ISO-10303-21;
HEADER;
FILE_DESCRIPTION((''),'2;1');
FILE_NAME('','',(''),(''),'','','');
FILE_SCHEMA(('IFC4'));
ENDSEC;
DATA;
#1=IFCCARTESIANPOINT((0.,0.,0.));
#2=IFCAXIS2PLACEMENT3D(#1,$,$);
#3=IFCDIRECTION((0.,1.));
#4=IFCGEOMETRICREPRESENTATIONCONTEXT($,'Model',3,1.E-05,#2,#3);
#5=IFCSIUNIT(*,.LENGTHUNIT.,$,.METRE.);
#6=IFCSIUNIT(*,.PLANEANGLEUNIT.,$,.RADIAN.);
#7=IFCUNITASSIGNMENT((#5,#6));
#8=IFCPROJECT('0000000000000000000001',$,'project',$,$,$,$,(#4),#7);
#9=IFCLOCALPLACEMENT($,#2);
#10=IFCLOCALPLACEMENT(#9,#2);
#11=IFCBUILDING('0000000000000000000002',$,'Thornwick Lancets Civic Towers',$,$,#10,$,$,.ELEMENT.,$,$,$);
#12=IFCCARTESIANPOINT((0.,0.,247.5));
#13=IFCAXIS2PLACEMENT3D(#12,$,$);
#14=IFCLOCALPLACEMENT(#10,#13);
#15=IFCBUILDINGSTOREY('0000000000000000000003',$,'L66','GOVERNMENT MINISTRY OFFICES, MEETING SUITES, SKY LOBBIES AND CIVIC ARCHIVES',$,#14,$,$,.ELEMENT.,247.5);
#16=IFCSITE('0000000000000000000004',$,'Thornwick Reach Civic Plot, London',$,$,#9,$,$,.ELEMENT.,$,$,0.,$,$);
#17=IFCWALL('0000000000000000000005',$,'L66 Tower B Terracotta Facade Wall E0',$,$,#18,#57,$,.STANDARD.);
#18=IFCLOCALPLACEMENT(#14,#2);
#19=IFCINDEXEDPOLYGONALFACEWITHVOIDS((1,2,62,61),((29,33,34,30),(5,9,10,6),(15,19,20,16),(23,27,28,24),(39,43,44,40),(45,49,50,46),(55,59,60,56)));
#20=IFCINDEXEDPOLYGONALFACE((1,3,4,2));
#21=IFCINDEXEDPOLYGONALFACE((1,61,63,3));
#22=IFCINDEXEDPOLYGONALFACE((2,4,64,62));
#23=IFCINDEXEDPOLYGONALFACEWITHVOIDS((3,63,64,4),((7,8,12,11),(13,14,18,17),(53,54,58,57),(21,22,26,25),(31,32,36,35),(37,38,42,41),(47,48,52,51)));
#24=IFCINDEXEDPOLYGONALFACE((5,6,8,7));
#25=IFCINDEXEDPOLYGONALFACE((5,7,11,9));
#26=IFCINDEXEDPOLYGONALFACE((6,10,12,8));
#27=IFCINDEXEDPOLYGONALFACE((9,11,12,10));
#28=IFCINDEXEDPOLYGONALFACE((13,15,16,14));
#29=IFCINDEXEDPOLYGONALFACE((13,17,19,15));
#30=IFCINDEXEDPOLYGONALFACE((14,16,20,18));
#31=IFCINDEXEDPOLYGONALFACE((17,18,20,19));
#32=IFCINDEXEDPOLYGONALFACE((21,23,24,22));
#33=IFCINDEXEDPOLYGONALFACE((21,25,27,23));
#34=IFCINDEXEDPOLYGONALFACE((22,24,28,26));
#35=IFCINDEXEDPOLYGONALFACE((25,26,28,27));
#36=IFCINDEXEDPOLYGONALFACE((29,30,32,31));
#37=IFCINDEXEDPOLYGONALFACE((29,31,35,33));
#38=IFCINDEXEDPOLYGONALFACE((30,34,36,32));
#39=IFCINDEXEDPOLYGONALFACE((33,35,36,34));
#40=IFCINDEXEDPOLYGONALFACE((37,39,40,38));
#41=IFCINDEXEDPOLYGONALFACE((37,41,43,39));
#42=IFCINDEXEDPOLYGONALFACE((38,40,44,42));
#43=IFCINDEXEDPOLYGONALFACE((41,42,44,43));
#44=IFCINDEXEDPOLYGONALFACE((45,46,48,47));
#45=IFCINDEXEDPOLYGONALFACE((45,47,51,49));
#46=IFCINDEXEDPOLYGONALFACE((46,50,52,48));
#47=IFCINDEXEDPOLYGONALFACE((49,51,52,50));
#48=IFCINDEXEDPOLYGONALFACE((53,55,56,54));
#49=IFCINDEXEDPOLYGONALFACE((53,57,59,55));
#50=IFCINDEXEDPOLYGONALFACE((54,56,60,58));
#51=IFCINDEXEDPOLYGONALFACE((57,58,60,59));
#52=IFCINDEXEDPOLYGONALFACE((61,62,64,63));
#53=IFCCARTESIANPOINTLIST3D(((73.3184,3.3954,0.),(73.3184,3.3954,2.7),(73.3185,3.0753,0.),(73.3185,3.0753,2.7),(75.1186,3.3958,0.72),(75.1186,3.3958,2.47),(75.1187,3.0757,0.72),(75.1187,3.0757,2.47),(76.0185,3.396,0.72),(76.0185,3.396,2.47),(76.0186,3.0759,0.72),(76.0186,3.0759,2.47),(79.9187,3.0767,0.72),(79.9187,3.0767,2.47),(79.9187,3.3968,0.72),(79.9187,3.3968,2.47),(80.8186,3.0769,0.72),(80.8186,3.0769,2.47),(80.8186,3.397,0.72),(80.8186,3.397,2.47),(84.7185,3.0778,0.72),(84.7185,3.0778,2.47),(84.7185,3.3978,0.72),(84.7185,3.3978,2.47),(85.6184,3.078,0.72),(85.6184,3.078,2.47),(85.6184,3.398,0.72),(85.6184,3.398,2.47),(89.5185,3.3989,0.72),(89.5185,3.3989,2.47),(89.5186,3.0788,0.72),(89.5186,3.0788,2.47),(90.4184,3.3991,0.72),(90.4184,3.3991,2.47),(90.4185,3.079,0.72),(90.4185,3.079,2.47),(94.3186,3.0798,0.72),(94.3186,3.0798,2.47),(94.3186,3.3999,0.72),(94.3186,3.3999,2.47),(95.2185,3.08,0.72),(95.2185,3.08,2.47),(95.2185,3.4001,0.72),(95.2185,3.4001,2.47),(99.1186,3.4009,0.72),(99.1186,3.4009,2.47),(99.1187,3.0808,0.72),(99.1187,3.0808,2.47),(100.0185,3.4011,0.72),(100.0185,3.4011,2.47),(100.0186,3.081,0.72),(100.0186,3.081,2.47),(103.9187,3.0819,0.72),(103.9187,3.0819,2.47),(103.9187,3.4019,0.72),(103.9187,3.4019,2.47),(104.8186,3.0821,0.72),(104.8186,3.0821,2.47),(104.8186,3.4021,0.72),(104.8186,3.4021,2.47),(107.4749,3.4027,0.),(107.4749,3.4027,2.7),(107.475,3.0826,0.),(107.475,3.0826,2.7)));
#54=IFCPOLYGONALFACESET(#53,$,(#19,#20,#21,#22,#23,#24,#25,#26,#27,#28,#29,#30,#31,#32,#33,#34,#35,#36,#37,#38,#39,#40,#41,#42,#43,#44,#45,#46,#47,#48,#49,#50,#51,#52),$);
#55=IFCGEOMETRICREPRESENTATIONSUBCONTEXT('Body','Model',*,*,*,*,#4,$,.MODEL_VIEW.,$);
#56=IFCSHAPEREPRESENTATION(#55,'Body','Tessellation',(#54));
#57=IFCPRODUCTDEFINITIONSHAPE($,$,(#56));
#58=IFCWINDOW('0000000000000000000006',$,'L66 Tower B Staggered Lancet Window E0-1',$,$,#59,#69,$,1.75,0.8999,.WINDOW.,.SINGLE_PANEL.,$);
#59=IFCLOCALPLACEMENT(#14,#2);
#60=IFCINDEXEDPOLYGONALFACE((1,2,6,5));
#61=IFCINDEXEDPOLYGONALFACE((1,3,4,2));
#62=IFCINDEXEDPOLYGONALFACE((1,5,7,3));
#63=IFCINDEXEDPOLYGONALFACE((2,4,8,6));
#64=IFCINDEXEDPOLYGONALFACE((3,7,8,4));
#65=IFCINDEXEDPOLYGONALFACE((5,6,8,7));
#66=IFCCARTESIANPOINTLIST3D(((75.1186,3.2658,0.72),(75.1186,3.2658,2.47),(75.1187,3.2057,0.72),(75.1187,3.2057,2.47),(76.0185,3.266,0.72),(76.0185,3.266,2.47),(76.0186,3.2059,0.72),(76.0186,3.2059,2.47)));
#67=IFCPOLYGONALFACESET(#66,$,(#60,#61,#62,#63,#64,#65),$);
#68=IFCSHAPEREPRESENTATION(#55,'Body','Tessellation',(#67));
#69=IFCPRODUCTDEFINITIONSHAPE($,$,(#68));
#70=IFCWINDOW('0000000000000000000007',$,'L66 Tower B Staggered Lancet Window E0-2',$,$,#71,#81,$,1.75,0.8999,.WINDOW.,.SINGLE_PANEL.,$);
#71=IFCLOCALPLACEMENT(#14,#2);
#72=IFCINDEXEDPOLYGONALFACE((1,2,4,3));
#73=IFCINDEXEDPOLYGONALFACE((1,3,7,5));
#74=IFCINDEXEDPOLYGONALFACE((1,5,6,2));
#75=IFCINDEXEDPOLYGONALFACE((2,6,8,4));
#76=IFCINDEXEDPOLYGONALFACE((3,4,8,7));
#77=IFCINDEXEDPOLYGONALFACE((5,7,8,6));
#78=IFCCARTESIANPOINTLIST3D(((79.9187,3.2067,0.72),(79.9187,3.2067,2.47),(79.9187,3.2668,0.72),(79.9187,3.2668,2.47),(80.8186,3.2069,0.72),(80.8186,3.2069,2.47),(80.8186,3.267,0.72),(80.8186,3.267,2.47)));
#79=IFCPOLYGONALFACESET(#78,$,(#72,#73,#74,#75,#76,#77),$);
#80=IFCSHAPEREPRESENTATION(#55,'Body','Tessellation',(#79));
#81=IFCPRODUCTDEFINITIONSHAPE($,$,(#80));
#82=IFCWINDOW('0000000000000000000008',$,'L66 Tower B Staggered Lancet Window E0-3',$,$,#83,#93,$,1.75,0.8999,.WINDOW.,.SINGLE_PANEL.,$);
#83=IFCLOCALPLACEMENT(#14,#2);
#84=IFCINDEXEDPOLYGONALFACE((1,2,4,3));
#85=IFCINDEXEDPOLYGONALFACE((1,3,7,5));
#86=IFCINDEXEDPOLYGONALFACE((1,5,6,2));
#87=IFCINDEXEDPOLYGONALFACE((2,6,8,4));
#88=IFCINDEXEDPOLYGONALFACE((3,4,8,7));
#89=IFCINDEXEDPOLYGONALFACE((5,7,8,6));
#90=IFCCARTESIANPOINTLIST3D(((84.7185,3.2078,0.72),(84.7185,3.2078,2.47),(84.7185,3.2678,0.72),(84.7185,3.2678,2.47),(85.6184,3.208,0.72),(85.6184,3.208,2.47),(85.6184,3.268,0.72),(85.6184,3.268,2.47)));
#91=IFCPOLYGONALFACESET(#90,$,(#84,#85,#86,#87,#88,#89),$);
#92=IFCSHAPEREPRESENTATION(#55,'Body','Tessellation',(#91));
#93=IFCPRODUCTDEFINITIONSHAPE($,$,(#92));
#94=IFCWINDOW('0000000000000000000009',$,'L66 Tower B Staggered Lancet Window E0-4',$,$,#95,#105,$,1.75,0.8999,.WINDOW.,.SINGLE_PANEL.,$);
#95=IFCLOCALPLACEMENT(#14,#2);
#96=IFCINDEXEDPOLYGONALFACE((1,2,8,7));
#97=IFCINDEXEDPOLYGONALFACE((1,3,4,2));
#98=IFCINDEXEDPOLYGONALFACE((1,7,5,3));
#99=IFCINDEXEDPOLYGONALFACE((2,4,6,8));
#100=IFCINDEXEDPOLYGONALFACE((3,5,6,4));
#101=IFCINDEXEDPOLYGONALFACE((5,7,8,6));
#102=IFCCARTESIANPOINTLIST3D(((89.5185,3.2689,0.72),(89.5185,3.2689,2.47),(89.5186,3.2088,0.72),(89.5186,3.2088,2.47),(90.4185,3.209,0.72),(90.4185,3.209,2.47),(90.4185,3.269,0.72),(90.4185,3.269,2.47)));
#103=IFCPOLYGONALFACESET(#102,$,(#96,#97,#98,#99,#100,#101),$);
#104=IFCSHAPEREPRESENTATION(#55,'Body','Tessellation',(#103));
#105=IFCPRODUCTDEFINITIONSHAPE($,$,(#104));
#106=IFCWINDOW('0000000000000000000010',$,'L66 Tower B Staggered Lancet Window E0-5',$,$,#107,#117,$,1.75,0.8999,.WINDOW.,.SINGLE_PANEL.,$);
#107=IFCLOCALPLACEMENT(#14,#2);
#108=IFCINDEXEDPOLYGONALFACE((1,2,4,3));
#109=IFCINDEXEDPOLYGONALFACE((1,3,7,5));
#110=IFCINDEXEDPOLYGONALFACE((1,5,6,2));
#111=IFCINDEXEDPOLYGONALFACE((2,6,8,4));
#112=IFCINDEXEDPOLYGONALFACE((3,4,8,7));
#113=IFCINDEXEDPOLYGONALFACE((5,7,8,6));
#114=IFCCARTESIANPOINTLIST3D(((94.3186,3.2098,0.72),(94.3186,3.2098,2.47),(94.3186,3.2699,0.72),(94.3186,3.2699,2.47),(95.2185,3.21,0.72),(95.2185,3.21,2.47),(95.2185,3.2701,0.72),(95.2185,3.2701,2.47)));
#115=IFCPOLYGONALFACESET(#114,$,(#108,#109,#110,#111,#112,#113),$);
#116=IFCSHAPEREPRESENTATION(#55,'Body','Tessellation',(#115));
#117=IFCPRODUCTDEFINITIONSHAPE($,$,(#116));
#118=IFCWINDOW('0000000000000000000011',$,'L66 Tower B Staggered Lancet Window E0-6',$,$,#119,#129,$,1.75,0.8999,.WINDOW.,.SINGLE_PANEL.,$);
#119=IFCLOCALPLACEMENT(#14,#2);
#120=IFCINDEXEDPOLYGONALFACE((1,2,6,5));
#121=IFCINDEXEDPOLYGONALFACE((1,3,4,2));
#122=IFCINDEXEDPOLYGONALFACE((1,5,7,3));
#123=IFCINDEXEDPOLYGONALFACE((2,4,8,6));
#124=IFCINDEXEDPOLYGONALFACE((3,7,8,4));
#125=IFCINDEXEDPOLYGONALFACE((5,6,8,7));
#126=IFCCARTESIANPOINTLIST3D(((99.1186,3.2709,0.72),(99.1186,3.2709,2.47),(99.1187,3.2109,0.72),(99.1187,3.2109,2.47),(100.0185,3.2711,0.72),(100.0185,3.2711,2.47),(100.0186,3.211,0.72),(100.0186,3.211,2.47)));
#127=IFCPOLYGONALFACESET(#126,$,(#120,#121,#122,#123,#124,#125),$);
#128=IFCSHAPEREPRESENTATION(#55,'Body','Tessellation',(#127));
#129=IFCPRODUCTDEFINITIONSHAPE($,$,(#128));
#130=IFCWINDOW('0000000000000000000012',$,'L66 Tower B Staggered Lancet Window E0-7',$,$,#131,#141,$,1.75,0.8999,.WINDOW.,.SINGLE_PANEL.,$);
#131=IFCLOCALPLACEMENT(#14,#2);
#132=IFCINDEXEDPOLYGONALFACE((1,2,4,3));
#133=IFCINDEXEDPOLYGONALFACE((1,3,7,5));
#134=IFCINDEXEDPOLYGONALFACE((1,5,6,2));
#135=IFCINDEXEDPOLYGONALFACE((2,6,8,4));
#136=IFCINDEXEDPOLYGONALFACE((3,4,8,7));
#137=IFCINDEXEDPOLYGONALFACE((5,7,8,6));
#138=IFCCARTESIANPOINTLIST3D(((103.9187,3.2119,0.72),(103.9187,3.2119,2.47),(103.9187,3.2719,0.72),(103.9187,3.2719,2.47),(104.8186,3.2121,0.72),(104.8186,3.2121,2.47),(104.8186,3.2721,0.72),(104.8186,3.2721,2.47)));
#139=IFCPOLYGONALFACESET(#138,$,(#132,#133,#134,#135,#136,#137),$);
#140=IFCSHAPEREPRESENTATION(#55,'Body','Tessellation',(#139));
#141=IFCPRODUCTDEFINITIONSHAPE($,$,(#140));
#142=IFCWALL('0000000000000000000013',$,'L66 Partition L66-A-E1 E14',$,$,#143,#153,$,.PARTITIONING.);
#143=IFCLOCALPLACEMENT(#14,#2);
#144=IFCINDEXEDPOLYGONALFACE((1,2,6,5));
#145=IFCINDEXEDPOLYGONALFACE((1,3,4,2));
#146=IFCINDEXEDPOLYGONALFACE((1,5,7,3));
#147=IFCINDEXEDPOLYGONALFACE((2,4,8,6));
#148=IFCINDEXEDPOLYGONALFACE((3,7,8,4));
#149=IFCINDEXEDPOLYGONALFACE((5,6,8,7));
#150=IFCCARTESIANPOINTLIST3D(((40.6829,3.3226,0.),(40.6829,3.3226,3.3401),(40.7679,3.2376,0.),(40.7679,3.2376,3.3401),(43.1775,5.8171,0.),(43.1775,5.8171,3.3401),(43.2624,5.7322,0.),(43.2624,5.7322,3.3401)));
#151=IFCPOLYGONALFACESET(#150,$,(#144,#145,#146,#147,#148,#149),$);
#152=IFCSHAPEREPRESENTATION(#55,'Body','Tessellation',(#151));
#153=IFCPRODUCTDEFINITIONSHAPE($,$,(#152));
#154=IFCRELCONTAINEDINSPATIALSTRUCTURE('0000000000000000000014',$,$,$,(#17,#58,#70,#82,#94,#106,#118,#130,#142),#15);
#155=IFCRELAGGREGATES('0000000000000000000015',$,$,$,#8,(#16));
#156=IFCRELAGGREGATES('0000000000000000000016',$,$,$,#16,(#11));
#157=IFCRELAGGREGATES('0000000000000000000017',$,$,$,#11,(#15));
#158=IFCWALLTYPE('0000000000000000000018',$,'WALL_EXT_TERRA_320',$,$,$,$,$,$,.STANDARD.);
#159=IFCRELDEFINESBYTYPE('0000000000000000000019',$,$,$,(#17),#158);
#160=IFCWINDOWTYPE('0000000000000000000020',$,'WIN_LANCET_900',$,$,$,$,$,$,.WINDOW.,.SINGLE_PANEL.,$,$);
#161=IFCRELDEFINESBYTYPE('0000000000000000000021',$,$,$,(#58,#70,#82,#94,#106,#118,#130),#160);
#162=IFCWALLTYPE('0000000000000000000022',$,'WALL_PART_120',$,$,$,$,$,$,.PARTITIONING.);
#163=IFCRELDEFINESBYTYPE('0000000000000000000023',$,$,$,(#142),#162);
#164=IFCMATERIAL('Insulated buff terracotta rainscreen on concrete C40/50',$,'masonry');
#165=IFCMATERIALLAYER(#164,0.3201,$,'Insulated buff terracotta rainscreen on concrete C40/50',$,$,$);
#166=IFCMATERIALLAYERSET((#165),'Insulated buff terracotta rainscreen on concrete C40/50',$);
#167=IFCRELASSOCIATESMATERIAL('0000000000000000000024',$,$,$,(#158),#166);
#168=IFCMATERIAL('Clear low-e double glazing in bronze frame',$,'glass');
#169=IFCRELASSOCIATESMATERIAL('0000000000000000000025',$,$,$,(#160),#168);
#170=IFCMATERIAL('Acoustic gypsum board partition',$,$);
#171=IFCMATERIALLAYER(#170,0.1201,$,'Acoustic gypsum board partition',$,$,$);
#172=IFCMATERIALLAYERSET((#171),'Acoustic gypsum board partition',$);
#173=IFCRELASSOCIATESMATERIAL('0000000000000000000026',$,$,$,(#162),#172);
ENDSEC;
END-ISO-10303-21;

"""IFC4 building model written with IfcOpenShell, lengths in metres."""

from ifc_helpers import new_model, si_unit, direction, frame, frame_2d, origin, place, context, subcontext, project, spatial, rectangle, extrude, material, layer, layer_set, type_object, element, fill, save


model = new_model("IFC4")

# Units and contexts
model_context = context("Model", 3, precision=1e-05, world=origin(), true_north=direction((0.0, 1.0)))
body_context = subcontext(model_context, "Body", "Model", "MODEL_VIEW")
ifc_project = project(units=[si_unit("LENGTHUNIT", "METRE"), si_unit("PLANEANGLEUNIT", "RADIAN")], contexts=[model_context])

# Site, building, storey
site_placement = place(None, origin())
site = spatial("IfcSite", under=ifc_project, at=site_placement, Name="Thornwick Reach Civic Plot, London", CompositionType="ELEMENT", RefElevation=0.0)
building_placement = place(site_placement, origin())
building = spatial("IfcBuilding", under=site, at=building_placement, Name="Thornwick Lancets Civic Towers", CompositionType="ELEMENT")
storey_placement = place(building_placement, frame((0.0, 0.0, 247.5)))
storey = spatial("IfcBuildingStorey", under=building, at=storey_placement, Name="L66", Description="GOVERNMENT MINISTRY OFFICES, MEETING SUITES, SKY LOBBIES AND CIVIC ARCHIVES", CompositionType="ELEMENT", Elevation=247.5)

# Wall, openings, windows
ifc_material_1 = material(Name="Insulated buff terracotta rainscreen on concrete C40/50", Category="masonry")
ifc_layer_1 = layer(ifc_material_1, 0.3201, Name="Insulated buff terracotta rainscreen on concrete C40/50")
ifc_layer_set_1 = layer_set([ifc_layer_1], Name="Insulated buff terracotta rainscreen on concrete C40/50")
wall_type_1 = type_object("IfcWallType", Name="WALL_EXT_TERRA_320", PredefinedType="STANDARD", material=ifc_layer_set_1)
ifc_material_2 = material(Name="Clear low-e double glazing in bronze frame", Category="glass")
window_type = type_object("IfcWindowType", Name="WIN_LANCET_900", PartitioningType="SINGLE_PANEL", PredefinedType="WINDOW", material=ifc_material_2)
wall_1_placement = place(storey_placement, frame((73.3186, 3.2354, 0.0), z_axis=(0.0, 0.0, 1.0), x_axis=(1.0, 0.000214, 0.0)))
wall_1 = element("IfcWall", 1, at=wall_1_placement, inside=storey, type_object=wall_type_1, Name="L66 Tower B Terracotta Facade Wall E0", PredefinedType="STANDARD", context=body_context, shape_type="SweptSolid", body=[
    extrude(rectangle(XDim=34.1565, YDim=0.3201, at=frame_2d((17.0781, 0.0))), origin(), (0.0, 0.0, 1.0), 2.7),
])
opening_1_placement = place(wall_1_placement, frame((1.8, 0.0, 0.72)))
opening_1 = element("IfcOpeningElement", 2, at=opening_1_placement, cuts=wall_1, PredefinedType="OPENING", context=body_context, shape_type="SweptSolid", body=[
    extrude(rectangle(XDim=0.8999, YDim=1.75, at=frame_2d((0.45, 0.875))), frame((0.0, 0.1699, 0.0), z_axis=(0.0, -1.0, 0.0), x_axis=(1.0, 0.0, 0.0)), (0.0, 0.0, 1.0), 0.3401),
])
opening_2_placement = place(wall_1_placement, frame((6.6001, 0.0, 0.72)))
opening_2 = element("IfcOpeningElement", 3, at=opening_2_placement, cuts=wall_1, PredefinedType="OPENING", context=body_context, shape_type="SweptSolid", body=[
    extrude(rectangle(XDim=0.8999, YDim=1.75, at=frame_2d((0.45, 0.875))), frame((0.0, 0.1699, 0.0), z_axis=(0.0, -1.0, 0.0), x_axis=(1.0, 0.0, 0.0)), (0.0, 0.0, 1.0), 0.3401),
])
opening_3_placement = place(wall_1_placement, frame((11.3999, 0.0, 0.72)))
opening_3 = element("IfcOpeningElement", 4, at=opening_3_placement, cuts=wall_1, PredefinedType="OPENING", context=body_context, shape_type="SweptSolid", body=[
    extrude(rectangle(XDim=0.8999, YDim=1.75, at=frame_2d((0.45, 0.875))), frame((0.0, 0.1699, 0.0), z_axis=(0.0, -1.0, 0.0), x_axis=(1.0, 0.0, 0.0)), (0.0, 0.0, 1.0), 0.3401),
])
opening_4_placement = place(wall_1_placement, frame((16.2, 0.0, 0.72)))
opening_4 = element("IfcOpeningElement", 5, at=opening_4_placement, cuts=wall_1, PredefinedType="OPENING", context=body_context, shape_type="SweptSolid", body=[
    extrude(rectangle(XDim=0.8999, YDim=1.75, at=frame_2d((0.45, 0.875))), frame((0.0, 0.1699, 0.0), z_axis=(0.0, -1.0, 0.0), x_axis=(1.0, 0.0, 0.0)), (0.0, 0.0, 1.0), 0.3401),
])
opening_5_placement = place(wall_1_placement, frame((21.0, 0.0, 0.72)))
opening_5 = element("IfcOpeningElement", 6, at=opening_5_placement, cuts=wall_1, PredefinedType="OPENING", context=body_context, shape_type="SweptSolid", body=[
    extrude(rectangle(XDim=0.8999, YDim=1.75, at=frame_2d((0.45, 0.875))), frame((0.0, 0.1699, 0.0), z_axis=(0.0, -1.0, 0.0), x_axis=(1.0, 0.0, 0.0)), (0.0, 0.0, 1.0), 0.3401),
])
opening_6_placement = place(wall_1_placement, frame((25.8, 0.0, 0.72)))
opening_6 = element("IfcOpeningElement", 7, at=opening_6_placement, cuts=wall_1, PredefinedType="OPENING", context=body_context, shape_type="SweptSolid", body=[
    extrude(rectangle(XDim=0.8999, YDim=1.75, at=frame_2d((0.45, 0.875))), frame((0.0, 0.1699, 0.0), z_axis=(0.0, -1.0, 0.0), x_axis=(1.0, 0.0, 0.0)), (0.0, 0.0, 1.0), 0.3401),
])
opening_7_placement = place(wall_1_placement, frame((30.6001, 0.0, 0.72)))
opening_7 = element("IfcOpeningElement", 8, at=opening_7_placement, cuts=wall_1, PredefinedType="OPENING", context=body_context, shape_type="SweptSolid", body=[
    extrude(rectangle(XDim=0.8999, YDim=1.75, at=frame_2d((0.45, 0.875))), frame((0.0, 0.1699, 0.0), z_axis=(0.0, -1.0, 0.0), x_axis=(1.0, 0.0, 0.0)), (0.0, 0.0, 1.0), 0.3401),
])
window_1_placement = place(opening_1_placement, origin())
window_1 = element("IfcWindow", 9, at=window_1_placement, inside=storey, type_object=window_type, Name="L66 Tower B Staggered Lancet Window E0-1", OverallHeight=1.75, OverallWidth=0.8999, PartitioningType="SINGLE_PANEL", PredefinedType="WINDOW", context=body_context, shape_type="SweptSolid", body=[
    extrude(rectangle(XDim=0.8999, YDim=1.75, at=frame_2d((0.45, 0.875))), frame((0.0, 0.03, 0.0), z_axis=(0.0, -1.0, 0.0), x_axis=(1.0, 0.0, 0.0)), (0.0, 0.0, 1.0), 0.0601),
])
fill(opening_1, window_1)
window_2_placement = place(opening_2_placement, origin())
window_2 = element("IfcWindow", 10, at=window_2_placement, inside=storey, type_object=window_type, Name="L66 Tower B Staggered Lancet Window E0-2", OverallHeight=1.75, OverallWidth=0.8999, PartitioningType="SINGLE_PANEL", PredefinedType="WINDOW", context=body_context, shape_type="SweptSolid", body=[
    extrude(rectangle(XDim=0.8999, YDim=1.75, at=frame_2d((0.45, 0.875))), frame((0.0, 0.03, 0.0), z_axis=(0.0, -1.0, 0.0), x_axis=(1.0, 0.0, 0.0)), (0.0, 0.0, 1.0), 0.0601),
])
fill(opening_2, window_2)
window_3_placement = place(opening_3_placement, origin())
window_3 = element("IfcWindow", 11, at=window_3_placement, inside=storey, type_object=window_type, Name="L66 Tower B Staggered Lancet Window E0-3", OverallHeight=1.75, OverallWidth=0.8999, PartitioningType="SINGLE_PANEL", PredefinedType="WINDOW", context=body_context, shape_type="SweptSolid", body=[
    extrude(rectangle(XDim=0.8999, YDim=1.75, at=frame_2d((0.45, 0.875))), frame((0.0, 0.03, 0.0), z_axis=(0.0, -1.0, 0.0), x_axis=(1.0, 0.0, 0.0)), (0.0, 0.0, 1.0), 0.0601),
])
fill(opening_3, window_3)
window_4_placement = place(opening_4_placement, origin())
window_4 = element("IfcWindow", 12, at=window_4_placement, inside=storey, type_object=window_type, Name="L66 Tower B Staggered Lancet Window E0-4", OverallHeight=1.75, OverallWidth=0.8999, PartitioningType="SINGLE_PANEL", PredefinedType="WINDOW", context=body_context, shape_type="SweptSolid", body=[
    extrude(rectangle(XDim=0.8999, YDim=1.75, at=frame_2d((0.45, 0.875))), frame((0.0, 0.03, 0.0), z_axis=(0.0, -1.0, 0.0), x_axis=(1.0, 0.0, 0.0)), (0.0, 0.0, 1.0), 0.0601),
])
fill(opening_4, window_4)
window_5_placement = place(opening_5_placement, origin())
window_5 = element("IfcWindow", 13, at=window_5_placement, inside=storey, type_object=window_type, Name="L66 Tower B Staggered Lancet Window E0-5", OverallHeight=1.75, OverallWidth=0.8999, PartitioningType="SINGLE_PANEL", PredefinedType="WINDOW", context=body_context, shape_type="SweptSolid", body=[
    extrude(rectangle(XDim=0.8999, YDim=1.75, at=frame_2d((0.45, 0.875))), frame((0.0, 0.03, 0.0), z_axis=(0.0, -1.0, 0.0), x_axis=(1.0, 0.0, 0.0)), (0.0, 0.0, 1.0), 0.0601),
])
fill(opening_5, window_5)
window_6_placement = place(opening_6_placement, origin())
window_6 = element("IfcWindow", 14, at=window_6_placement, inside=storey, type_object=window_type, Name="L66 Tower B Staggered Lancet Window E0-6", OverallHeight=1.75, OverallWidth=0.8999, PartitioningType="SINGLE_PANEL", PredefinedType="WINDOW", context=body_context, shape_type="SweptSolid", body=[
    extrude(rectangle(XDim=0.8999, YDim=1.75, at=frame_2d((0.45, 0.875))), frame((0.0, 0.03, 0.0), z_axis=(0.0, -1.0, 0.0), x_axis=(1.0, 0.0, 0.0)), (0.0, 0.0, 1.0), 0.0601),
])
fill(opening_6, window_6)
window_7_placement = place(opening_7_placement, origin())
window_7 = element("IfcWindow", 15, at=window_7_placement, inside=storey, type_object=window_type, Name="L66 Tower B Staggered Lancet Window E0-7", OverallHeight=1.75, OverallWidth=0.8999, PartitioningType="SINGLE_PANEL", PredefinedType="WINDOW", context=body_context, shape_type="SweptSolid", body=[
    extrude(rectangle(XDim=0.8999, YDim=1.75, at=frame_2d((0.45, 0.875))), frame((0.0, 0.03, 0.0), z_axis=(0.0, -1.0, 0.0), x_axis=(1.0, 0.0, 0.0)), (0.0, 0.0, 1.0), 0.0601),
])
fill(opening_7, window_7)

# Wall
ifc_material_3 = material(Name="Acoustic gypsum board partition")
ifc_layer_2 = layer(ifc_material_3, 0.1201, Name="Acoustic gypsum board partition")
ifc_layer_set_2 = layer_set([ifc_layer_2], Name="Acoustic gypsum board partition")
wall_type_2 = type_object("IfcWallType", Name="WALL_PART_120", PredefinedType="PARTITIONING", material=ifc_layer_set_2)
wall_2_placement = place(storey_placement, frame((43.22, 5.7747, 0.0), z_axis=(0.0, 0.0, 1.0), x_axis=(-0.707107, -0.707107, 0.0)))
element("IfcWall", 16, at=wall_2_placement, inside=storey, type_object=wall_type_2, Name="L66 Partition L66-A-E1 E14", PredefinedType="PARTITIONING", context=body_context, shape_type="SweptSolid", body=[
    extrude(rectangle(XDim=3.5278, YDim=0.1201, at=frame_2d((1.7639, 0.0))), origin(), (0.0, 0.0, 1.0), 3.3401),
])

save(model, "model.ifc")
